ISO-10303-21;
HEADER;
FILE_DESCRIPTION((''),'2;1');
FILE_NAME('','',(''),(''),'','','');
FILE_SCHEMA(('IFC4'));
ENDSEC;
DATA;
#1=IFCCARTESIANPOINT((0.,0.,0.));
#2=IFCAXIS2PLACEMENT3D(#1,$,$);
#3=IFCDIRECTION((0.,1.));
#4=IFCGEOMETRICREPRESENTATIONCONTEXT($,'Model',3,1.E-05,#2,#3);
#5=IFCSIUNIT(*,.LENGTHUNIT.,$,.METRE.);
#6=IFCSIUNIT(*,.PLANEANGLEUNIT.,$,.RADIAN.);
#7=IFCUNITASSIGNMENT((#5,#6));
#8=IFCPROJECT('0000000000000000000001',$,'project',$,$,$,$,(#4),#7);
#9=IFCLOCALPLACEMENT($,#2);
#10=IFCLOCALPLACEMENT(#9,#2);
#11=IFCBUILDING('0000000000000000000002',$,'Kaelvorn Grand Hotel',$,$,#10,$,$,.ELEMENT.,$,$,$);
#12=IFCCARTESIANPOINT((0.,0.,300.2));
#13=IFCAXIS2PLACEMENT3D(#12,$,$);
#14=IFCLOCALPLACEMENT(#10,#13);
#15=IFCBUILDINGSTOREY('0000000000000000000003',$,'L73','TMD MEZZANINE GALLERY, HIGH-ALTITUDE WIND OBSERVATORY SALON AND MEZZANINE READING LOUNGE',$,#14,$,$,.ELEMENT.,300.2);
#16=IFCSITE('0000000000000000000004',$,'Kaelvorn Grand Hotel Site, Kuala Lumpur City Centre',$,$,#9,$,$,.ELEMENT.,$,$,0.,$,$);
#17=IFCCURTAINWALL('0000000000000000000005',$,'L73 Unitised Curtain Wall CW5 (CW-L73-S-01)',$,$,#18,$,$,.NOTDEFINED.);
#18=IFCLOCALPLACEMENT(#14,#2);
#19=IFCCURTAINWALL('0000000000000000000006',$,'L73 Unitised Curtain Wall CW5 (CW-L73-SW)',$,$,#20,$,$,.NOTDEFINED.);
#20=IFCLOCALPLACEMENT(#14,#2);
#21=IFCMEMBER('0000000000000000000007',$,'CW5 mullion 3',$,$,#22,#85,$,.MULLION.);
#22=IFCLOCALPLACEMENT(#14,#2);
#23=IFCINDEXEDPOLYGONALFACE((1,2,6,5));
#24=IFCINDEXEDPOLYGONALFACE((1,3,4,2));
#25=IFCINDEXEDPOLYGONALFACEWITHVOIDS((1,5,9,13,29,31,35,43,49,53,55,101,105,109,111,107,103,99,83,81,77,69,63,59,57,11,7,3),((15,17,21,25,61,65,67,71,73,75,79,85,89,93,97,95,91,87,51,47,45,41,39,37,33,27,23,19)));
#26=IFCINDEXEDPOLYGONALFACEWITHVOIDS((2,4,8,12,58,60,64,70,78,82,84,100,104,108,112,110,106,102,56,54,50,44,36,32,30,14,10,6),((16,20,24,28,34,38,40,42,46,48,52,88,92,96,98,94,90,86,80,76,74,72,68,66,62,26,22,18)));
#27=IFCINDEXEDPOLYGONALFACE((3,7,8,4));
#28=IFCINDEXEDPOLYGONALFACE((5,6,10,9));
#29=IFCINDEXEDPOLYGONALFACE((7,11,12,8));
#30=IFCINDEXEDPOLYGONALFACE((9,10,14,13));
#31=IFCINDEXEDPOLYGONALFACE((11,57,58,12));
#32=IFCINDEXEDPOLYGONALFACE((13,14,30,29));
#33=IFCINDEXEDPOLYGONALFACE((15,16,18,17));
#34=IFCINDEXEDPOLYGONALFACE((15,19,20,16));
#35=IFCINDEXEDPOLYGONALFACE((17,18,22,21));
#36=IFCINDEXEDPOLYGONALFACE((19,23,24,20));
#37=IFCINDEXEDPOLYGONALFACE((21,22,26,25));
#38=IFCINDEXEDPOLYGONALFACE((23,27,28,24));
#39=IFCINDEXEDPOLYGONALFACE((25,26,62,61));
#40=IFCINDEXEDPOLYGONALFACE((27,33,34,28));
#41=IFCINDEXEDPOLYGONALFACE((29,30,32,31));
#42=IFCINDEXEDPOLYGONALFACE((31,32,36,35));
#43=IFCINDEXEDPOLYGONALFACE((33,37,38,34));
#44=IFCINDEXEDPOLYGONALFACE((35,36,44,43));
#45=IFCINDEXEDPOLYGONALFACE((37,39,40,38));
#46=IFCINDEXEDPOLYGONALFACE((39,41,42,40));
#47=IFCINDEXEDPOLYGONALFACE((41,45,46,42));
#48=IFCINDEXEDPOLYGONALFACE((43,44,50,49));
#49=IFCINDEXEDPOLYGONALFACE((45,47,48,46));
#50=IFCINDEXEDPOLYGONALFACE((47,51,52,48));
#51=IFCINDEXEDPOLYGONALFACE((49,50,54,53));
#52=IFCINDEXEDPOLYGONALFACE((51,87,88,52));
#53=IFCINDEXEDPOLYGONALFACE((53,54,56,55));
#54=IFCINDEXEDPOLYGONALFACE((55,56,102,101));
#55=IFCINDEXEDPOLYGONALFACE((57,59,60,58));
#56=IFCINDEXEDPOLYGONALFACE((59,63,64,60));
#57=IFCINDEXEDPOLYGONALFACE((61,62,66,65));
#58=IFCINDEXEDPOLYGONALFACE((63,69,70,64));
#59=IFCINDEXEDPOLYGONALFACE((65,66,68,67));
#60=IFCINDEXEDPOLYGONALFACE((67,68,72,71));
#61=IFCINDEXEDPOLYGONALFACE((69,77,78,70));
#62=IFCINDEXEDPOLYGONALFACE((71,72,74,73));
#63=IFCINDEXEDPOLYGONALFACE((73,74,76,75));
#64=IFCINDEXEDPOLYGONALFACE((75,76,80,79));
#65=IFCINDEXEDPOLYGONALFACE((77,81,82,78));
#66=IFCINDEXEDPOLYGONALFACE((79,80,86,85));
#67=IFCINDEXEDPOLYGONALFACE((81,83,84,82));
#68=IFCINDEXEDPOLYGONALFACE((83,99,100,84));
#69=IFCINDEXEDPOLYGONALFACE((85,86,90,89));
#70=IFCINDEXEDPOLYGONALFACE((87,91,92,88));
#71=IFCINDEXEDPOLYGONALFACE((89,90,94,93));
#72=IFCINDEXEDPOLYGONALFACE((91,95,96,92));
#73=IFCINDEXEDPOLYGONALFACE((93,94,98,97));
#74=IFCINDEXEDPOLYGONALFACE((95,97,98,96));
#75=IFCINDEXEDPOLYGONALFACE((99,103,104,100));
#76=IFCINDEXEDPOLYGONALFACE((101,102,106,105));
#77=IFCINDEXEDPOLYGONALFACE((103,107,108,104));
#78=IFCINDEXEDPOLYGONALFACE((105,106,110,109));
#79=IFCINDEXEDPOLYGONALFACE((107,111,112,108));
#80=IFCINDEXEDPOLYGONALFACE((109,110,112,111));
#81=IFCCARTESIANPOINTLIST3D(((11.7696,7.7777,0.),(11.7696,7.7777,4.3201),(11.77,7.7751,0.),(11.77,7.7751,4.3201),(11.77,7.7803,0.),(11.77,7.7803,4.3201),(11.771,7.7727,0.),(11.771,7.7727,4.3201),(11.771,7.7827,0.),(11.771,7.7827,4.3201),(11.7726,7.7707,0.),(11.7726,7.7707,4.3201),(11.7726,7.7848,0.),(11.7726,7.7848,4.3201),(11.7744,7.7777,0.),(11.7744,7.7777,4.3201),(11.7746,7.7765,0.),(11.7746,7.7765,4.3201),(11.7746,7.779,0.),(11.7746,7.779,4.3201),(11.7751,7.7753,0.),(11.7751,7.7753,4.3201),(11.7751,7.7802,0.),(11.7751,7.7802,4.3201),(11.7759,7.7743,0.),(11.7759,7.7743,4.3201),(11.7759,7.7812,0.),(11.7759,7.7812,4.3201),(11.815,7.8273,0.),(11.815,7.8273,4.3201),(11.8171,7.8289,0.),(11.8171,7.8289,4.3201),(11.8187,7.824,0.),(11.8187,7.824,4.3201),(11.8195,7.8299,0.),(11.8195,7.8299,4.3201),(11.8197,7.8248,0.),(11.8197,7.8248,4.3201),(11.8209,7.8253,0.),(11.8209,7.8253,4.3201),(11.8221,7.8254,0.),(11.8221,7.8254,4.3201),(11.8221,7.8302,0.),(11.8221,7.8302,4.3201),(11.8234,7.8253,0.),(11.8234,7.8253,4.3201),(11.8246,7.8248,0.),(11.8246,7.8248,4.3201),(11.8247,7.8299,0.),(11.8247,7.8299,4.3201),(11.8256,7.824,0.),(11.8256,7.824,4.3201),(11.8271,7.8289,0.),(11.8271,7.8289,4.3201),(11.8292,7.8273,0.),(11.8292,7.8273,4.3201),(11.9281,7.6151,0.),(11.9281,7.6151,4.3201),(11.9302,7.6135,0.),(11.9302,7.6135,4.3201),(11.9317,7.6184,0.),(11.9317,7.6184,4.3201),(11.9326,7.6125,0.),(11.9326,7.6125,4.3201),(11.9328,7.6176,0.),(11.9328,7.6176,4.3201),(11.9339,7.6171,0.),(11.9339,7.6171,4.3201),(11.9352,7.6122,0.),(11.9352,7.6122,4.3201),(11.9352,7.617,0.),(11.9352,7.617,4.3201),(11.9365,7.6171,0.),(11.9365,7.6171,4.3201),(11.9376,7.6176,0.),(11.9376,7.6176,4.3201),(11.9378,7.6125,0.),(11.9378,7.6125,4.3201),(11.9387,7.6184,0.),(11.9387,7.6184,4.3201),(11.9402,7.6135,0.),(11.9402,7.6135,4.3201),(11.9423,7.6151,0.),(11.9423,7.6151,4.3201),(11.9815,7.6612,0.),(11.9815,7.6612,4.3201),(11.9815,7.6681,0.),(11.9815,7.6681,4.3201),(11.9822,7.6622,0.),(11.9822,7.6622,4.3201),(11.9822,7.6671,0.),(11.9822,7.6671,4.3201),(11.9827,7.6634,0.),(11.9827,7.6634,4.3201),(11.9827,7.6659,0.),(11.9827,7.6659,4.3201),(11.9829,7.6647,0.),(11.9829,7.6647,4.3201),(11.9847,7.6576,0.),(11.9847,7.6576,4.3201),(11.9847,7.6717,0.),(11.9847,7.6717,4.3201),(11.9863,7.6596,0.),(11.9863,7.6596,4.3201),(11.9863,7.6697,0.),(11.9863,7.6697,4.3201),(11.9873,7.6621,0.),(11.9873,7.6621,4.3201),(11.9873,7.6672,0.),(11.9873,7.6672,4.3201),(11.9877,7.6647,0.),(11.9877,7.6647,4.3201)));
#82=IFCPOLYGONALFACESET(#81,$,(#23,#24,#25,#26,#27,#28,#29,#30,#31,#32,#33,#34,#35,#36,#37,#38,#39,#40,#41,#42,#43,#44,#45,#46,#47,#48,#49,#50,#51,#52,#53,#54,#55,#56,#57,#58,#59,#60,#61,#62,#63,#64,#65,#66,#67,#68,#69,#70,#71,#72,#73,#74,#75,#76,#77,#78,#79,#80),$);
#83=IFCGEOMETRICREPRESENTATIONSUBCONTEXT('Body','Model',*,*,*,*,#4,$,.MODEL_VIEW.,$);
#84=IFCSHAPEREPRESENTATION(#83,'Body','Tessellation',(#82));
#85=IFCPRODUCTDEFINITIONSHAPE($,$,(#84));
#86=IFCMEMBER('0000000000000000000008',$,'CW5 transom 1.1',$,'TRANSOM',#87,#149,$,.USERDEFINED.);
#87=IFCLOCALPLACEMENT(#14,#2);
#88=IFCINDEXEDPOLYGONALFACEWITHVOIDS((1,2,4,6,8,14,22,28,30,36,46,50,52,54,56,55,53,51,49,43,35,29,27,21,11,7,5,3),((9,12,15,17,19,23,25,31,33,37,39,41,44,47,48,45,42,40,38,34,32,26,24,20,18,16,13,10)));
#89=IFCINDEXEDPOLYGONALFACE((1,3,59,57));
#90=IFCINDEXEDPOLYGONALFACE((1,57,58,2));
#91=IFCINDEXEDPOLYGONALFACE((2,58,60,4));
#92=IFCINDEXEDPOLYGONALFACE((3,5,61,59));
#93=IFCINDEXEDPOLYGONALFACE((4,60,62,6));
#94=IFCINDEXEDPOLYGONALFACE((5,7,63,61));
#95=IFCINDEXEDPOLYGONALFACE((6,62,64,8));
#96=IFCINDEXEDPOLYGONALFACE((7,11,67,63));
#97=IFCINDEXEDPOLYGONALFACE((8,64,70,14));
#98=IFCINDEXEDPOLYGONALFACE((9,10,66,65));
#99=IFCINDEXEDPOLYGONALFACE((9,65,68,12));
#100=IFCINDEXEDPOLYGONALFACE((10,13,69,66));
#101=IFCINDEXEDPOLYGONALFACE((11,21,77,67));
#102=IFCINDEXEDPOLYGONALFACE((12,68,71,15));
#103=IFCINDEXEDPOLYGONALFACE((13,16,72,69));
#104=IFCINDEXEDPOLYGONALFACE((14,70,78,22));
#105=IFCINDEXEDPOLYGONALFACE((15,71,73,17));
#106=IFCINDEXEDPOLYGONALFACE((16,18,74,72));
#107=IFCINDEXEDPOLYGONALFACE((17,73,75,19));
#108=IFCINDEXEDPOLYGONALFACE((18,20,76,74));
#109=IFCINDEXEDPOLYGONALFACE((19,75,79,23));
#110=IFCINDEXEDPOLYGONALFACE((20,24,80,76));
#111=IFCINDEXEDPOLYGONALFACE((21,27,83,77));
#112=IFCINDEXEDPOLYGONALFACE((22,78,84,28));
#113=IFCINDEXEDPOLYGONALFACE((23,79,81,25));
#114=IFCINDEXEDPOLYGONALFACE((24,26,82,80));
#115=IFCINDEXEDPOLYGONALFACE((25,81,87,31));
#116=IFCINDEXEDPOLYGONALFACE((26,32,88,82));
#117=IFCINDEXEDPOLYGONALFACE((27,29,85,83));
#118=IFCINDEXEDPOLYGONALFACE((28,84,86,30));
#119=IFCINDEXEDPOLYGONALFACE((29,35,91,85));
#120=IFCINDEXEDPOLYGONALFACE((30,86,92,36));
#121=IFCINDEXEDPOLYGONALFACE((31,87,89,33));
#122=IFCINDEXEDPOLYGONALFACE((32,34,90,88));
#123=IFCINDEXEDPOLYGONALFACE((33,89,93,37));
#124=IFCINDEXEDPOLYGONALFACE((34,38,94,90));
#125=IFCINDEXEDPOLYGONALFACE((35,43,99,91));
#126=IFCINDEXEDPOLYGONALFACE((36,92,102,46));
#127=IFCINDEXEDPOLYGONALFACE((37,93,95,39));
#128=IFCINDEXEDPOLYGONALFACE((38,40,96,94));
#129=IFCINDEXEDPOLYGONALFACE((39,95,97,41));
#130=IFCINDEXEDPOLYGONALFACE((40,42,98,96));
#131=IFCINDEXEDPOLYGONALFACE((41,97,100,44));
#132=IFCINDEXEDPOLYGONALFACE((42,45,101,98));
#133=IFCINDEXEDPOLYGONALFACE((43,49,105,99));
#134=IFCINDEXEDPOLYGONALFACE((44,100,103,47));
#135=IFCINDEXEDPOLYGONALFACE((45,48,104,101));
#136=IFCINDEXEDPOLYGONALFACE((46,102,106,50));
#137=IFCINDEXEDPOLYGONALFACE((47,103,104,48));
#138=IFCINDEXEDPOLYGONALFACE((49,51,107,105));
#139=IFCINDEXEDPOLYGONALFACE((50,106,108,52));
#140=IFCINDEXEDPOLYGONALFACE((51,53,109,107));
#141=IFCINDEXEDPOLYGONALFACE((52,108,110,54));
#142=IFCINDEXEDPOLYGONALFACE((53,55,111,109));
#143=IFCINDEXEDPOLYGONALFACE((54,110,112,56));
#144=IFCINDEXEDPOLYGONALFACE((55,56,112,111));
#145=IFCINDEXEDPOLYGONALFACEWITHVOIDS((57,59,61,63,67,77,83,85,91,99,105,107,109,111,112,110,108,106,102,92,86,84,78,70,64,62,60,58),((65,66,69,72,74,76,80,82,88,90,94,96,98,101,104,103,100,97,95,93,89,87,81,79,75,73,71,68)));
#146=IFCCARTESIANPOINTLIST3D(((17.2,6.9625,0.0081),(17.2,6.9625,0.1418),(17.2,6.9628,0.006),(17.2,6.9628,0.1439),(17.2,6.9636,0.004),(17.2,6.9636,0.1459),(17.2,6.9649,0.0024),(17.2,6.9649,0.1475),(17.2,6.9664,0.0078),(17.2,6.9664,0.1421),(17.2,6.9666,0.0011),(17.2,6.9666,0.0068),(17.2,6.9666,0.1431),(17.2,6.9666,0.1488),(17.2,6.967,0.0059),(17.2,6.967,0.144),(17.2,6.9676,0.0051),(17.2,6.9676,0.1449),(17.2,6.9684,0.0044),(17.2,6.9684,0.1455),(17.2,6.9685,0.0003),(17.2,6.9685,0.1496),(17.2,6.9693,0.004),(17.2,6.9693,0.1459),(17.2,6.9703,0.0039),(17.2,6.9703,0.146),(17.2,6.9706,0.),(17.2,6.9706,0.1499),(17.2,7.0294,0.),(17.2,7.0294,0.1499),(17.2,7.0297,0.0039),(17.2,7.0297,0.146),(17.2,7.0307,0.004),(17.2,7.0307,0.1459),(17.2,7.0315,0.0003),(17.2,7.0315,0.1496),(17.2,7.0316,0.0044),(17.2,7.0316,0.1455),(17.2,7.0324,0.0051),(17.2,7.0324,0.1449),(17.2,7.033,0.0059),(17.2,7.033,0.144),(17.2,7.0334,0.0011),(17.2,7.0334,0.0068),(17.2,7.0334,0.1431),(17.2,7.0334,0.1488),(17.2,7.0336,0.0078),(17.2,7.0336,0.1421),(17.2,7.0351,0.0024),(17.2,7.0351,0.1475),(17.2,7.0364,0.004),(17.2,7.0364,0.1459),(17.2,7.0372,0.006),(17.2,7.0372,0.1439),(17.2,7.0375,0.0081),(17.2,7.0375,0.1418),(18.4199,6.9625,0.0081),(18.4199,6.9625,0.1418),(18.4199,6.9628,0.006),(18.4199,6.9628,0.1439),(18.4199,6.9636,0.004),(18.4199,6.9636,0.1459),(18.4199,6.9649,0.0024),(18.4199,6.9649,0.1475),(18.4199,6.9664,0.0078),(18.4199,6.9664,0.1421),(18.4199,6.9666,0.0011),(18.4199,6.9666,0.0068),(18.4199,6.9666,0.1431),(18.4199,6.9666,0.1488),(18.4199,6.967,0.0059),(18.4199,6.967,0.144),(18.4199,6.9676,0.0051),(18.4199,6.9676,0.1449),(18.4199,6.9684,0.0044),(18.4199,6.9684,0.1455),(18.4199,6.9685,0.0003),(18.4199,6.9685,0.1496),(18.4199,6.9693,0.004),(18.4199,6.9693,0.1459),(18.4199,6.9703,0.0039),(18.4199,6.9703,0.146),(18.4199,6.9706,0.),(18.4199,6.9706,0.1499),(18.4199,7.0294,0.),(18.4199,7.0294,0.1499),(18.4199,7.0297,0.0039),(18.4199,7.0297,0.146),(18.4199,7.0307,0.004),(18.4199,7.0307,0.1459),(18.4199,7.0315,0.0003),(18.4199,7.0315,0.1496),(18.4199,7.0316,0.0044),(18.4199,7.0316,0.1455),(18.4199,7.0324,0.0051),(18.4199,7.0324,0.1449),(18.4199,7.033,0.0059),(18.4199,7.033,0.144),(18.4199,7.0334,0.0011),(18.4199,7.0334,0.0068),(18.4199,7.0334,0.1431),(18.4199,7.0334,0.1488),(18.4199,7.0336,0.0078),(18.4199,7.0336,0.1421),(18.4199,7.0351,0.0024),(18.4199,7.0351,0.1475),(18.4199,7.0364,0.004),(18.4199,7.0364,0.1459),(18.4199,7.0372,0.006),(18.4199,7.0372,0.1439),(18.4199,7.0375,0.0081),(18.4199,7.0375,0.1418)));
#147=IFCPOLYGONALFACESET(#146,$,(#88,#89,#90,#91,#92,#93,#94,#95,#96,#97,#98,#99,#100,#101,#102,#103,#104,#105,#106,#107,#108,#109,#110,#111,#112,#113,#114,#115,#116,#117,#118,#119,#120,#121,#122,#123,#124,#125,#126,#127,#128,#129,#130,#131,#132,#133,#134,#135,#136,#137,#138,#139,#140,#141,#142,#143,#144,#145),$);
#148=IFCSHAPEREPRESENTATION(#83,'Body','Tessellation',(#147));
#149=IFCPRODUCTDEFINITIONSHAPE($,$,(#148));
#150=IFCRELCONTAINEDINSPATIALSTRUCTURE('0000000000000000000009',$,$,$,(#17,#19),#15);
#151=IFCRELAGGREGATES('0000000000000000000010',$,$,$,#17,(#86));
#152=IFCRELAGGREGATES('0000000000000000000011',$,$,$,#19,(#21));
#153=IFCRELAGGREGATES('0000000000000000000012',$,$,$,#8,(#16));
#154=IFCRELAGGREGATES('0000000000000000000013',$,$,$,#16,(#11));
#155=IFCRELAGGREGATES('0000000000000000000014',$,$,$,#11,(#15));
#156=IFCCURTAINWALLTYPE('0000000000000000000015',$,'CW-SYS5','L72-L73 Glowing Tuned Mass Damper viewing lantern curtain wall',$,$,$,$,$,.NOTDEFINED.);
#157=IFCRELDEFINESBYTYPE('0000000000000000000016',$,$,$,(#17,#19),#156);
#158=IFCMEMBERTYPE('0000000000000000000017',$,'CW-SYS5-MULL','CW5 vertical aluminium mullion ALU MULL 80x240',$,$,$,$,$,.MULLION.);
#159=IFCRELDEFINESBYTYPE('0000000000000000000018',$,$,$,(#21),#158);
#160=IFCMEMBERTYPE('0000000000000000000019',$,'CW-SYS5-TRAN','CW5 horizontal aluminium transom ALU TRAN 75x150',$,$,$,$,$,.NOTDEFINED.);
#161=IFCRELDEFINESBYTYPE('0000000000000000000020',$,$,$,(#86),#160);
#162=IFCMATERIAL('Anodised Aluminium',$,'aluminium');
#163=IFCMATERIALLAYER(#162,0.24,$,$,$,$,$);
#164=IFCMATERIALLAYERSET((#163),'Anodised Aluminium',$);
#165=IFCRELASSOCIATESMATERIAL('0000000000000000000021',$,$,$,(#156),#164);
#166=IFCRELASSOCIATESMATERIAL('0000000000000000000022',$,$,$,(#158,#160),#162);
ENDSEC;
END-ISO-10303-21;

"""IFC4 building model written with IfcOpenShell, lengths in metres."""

from ifc_helpers import new_model, si_unit, direction, frame, origin, origin_2d, place, context, subcontext, project, spatial, hollow_rectangle, extrude, material, layer, layer_set, material_profile, profile_set, type_object, element, aggregate, save


model = new_model("IFC4")

# Units and contexts
model_context = context("Model", 3, precision=1e-05, world=origin(), true_north=direction((0.0, 1.0)))
body_context = subcontext(model_context, "Body", "Model", "MODEL_VIEW")
ifc_project = project(units=[si_unit("LENGTHUNIT", "METRE"), si_unit("PLANEANGLEUNIT", "RADIAN")], contexts=[model_context])

# Site, building, storey
site_placement = place(None, origin())
site = spatial("IfcSite", under=ifc_project, at=site_placement, Name="Kaelvorn Grand Hotel Site, Kuala Lumpur City Centre", CompositionType="ELEMENT", RefElevation=0.0)
building_placement = place(site_placement, origin())
building = spatial("IfcBuilding", under=site, at=building_placement, Name="Kaelvorn Grand Hotel", CompositionType="ELEMENT")
storey_placement = place(building_placement, frame((0.0, 0.0, 300.2)))
storey = spatial("IfcBuildingStorey", under=building, at=storey_placement, Name="L73", Description="TMD MEZZANINE GALLERY, HIGH-ALTITUDE WIND OBSERVATORY SALON AND MEZZANINE READING LOUNGE", CompositionType="ELEMENT", Elevation=300.2)

# Curtain walls, member
ifc_material_1 = material(Name="Anodised Aluminium", Category="aluminium")
ifc_layer_1 = layer(ifc_material_1, 0.24)
ifc_layer_set_1 = layer_set([ifc_layer_1], Name="Anodised Aluminium")
curtain_wall_type = type_object("IfcCurtainWallType", Name="CW-SYS5", Description="L72-L73 Glowing Tuned Mass Damper viewing lantern curtain wall", PredefinedType="NOTDEFINED", material=ifc_layer_set_1)
curtain_wall_1_placement = place(storey_placement, origin())
curtain_wall_1 = element("IfcCurtainWall", 1, at=curtain_wall_1_placement, inside=storey, type_object=curtain_wall_type, Name="L73 Unitised Curtain Wall CW5 (CW-L73-S-01)", PredefinedType="NOTDEFINED")
ifc_material_profile_1 = material_profile(ifc_material_1, hollow_rectangle(XDim=0.0801, YDim=0.24, WallThickness=0.0049, InnerFilletRadius=0.0049, OuterFilletRadius=0.01, at=origin_2d()), Name="ALU MULL 80x240")
ifc_profile_set_1 = profile_set([ifc_material_profile_1], Name="Anodised Aluminium")
member_type_1 = type_object("IfcMemberType", Name="CW-SYS5-MULL", Description="CW5 vertical aluminium mullion ALU MULL 80x240", PredefinedType="MULLION", material=ifc_profile_set_1)
curtain_wall_2_placement = place(storey_placement, origin())
curtain_wall_2 = element("IfcCurtainWall", 2, at=curtain_wall_2_placement, inside=storey, type_object=curtain_wall_type, Name="L73 Unitised Curtain Wall CW5 (CW-L73-SW)", PredefinedType="NOTDEFINED")
member_1_placement = place(storey_placement, frame((11.8787, 7.7212, 0.0), z_axis=(0.0, 0.0, 1.0), x_axis=(0.707107, 0.707107, 0.0)))
member_1 = element("IfcMember", 3, at=member_1_placement, type_object=member_type_1, Name="CW5 mullion 3", PredefinedType="MULLION", context=body_context, shape_type="SweptSolid", body=[
    extrude(hollow_rectangle(XDim=0.0801, YDim=0.24, WallThickness=0.0049, InnerFilletRadius=0.0049, OuterFilletRadius=0.01, at=origin_2d()), origin(), (0.0, 0.0, 1.0), 4.3201),
])

# Member
ifc_material_profile_2 = material_profile(ifc_material_1, hollow_rectangle(XDim=0.075, YDim=0.1499, WallThickness=0.0039, InnerFilletRadius=0.0039, OuterFilletRadius=0.0081, at=origin_2d()), Name="ALU TRAN 75x150")
ifc_profile_set_2 = profile_set([ifc_material_profile_2], Name="Anodised Aluminium")
member_type_2 = type_object("IfcMemberType", Name="CW-SYS5-TRAN", Description="CW5 horizontal aluminium transom ALU TRAN 75x150", PredefinedType="NOTDEFINED", material=ifc_profile_set_2)
member_2_placement = place(storey_placement, frame((17.2, 7.0, 0.075), z_axis=(1.0, 0.0, 0.0), x_axis=(0.0, 1.0, 0.0)))
member_2 = element("IfcMember", 4, at=member_2_placement, type_object=member_type_2, Name="CW5 transom 1.1", ObjectType="TRANSOM", PredefinedType="USERDEFINED", context=body_context, shape_type="SweptSolid", body=[
    extrude(hollow_rectangle(XDim=0.075, YDim=0.1499, WallThickness=0.0039, InnerFilletRadius=0.0039, OuterFilletRadius=0.0081, at=origin_2d()), origin(), (0.0, 0.0, 1.0), 1.22),
])

aggregate(curtain_wall_1, [member_2])
aggregate(curtain_wall_2, [member_1])

save(model, "model.ifc")
